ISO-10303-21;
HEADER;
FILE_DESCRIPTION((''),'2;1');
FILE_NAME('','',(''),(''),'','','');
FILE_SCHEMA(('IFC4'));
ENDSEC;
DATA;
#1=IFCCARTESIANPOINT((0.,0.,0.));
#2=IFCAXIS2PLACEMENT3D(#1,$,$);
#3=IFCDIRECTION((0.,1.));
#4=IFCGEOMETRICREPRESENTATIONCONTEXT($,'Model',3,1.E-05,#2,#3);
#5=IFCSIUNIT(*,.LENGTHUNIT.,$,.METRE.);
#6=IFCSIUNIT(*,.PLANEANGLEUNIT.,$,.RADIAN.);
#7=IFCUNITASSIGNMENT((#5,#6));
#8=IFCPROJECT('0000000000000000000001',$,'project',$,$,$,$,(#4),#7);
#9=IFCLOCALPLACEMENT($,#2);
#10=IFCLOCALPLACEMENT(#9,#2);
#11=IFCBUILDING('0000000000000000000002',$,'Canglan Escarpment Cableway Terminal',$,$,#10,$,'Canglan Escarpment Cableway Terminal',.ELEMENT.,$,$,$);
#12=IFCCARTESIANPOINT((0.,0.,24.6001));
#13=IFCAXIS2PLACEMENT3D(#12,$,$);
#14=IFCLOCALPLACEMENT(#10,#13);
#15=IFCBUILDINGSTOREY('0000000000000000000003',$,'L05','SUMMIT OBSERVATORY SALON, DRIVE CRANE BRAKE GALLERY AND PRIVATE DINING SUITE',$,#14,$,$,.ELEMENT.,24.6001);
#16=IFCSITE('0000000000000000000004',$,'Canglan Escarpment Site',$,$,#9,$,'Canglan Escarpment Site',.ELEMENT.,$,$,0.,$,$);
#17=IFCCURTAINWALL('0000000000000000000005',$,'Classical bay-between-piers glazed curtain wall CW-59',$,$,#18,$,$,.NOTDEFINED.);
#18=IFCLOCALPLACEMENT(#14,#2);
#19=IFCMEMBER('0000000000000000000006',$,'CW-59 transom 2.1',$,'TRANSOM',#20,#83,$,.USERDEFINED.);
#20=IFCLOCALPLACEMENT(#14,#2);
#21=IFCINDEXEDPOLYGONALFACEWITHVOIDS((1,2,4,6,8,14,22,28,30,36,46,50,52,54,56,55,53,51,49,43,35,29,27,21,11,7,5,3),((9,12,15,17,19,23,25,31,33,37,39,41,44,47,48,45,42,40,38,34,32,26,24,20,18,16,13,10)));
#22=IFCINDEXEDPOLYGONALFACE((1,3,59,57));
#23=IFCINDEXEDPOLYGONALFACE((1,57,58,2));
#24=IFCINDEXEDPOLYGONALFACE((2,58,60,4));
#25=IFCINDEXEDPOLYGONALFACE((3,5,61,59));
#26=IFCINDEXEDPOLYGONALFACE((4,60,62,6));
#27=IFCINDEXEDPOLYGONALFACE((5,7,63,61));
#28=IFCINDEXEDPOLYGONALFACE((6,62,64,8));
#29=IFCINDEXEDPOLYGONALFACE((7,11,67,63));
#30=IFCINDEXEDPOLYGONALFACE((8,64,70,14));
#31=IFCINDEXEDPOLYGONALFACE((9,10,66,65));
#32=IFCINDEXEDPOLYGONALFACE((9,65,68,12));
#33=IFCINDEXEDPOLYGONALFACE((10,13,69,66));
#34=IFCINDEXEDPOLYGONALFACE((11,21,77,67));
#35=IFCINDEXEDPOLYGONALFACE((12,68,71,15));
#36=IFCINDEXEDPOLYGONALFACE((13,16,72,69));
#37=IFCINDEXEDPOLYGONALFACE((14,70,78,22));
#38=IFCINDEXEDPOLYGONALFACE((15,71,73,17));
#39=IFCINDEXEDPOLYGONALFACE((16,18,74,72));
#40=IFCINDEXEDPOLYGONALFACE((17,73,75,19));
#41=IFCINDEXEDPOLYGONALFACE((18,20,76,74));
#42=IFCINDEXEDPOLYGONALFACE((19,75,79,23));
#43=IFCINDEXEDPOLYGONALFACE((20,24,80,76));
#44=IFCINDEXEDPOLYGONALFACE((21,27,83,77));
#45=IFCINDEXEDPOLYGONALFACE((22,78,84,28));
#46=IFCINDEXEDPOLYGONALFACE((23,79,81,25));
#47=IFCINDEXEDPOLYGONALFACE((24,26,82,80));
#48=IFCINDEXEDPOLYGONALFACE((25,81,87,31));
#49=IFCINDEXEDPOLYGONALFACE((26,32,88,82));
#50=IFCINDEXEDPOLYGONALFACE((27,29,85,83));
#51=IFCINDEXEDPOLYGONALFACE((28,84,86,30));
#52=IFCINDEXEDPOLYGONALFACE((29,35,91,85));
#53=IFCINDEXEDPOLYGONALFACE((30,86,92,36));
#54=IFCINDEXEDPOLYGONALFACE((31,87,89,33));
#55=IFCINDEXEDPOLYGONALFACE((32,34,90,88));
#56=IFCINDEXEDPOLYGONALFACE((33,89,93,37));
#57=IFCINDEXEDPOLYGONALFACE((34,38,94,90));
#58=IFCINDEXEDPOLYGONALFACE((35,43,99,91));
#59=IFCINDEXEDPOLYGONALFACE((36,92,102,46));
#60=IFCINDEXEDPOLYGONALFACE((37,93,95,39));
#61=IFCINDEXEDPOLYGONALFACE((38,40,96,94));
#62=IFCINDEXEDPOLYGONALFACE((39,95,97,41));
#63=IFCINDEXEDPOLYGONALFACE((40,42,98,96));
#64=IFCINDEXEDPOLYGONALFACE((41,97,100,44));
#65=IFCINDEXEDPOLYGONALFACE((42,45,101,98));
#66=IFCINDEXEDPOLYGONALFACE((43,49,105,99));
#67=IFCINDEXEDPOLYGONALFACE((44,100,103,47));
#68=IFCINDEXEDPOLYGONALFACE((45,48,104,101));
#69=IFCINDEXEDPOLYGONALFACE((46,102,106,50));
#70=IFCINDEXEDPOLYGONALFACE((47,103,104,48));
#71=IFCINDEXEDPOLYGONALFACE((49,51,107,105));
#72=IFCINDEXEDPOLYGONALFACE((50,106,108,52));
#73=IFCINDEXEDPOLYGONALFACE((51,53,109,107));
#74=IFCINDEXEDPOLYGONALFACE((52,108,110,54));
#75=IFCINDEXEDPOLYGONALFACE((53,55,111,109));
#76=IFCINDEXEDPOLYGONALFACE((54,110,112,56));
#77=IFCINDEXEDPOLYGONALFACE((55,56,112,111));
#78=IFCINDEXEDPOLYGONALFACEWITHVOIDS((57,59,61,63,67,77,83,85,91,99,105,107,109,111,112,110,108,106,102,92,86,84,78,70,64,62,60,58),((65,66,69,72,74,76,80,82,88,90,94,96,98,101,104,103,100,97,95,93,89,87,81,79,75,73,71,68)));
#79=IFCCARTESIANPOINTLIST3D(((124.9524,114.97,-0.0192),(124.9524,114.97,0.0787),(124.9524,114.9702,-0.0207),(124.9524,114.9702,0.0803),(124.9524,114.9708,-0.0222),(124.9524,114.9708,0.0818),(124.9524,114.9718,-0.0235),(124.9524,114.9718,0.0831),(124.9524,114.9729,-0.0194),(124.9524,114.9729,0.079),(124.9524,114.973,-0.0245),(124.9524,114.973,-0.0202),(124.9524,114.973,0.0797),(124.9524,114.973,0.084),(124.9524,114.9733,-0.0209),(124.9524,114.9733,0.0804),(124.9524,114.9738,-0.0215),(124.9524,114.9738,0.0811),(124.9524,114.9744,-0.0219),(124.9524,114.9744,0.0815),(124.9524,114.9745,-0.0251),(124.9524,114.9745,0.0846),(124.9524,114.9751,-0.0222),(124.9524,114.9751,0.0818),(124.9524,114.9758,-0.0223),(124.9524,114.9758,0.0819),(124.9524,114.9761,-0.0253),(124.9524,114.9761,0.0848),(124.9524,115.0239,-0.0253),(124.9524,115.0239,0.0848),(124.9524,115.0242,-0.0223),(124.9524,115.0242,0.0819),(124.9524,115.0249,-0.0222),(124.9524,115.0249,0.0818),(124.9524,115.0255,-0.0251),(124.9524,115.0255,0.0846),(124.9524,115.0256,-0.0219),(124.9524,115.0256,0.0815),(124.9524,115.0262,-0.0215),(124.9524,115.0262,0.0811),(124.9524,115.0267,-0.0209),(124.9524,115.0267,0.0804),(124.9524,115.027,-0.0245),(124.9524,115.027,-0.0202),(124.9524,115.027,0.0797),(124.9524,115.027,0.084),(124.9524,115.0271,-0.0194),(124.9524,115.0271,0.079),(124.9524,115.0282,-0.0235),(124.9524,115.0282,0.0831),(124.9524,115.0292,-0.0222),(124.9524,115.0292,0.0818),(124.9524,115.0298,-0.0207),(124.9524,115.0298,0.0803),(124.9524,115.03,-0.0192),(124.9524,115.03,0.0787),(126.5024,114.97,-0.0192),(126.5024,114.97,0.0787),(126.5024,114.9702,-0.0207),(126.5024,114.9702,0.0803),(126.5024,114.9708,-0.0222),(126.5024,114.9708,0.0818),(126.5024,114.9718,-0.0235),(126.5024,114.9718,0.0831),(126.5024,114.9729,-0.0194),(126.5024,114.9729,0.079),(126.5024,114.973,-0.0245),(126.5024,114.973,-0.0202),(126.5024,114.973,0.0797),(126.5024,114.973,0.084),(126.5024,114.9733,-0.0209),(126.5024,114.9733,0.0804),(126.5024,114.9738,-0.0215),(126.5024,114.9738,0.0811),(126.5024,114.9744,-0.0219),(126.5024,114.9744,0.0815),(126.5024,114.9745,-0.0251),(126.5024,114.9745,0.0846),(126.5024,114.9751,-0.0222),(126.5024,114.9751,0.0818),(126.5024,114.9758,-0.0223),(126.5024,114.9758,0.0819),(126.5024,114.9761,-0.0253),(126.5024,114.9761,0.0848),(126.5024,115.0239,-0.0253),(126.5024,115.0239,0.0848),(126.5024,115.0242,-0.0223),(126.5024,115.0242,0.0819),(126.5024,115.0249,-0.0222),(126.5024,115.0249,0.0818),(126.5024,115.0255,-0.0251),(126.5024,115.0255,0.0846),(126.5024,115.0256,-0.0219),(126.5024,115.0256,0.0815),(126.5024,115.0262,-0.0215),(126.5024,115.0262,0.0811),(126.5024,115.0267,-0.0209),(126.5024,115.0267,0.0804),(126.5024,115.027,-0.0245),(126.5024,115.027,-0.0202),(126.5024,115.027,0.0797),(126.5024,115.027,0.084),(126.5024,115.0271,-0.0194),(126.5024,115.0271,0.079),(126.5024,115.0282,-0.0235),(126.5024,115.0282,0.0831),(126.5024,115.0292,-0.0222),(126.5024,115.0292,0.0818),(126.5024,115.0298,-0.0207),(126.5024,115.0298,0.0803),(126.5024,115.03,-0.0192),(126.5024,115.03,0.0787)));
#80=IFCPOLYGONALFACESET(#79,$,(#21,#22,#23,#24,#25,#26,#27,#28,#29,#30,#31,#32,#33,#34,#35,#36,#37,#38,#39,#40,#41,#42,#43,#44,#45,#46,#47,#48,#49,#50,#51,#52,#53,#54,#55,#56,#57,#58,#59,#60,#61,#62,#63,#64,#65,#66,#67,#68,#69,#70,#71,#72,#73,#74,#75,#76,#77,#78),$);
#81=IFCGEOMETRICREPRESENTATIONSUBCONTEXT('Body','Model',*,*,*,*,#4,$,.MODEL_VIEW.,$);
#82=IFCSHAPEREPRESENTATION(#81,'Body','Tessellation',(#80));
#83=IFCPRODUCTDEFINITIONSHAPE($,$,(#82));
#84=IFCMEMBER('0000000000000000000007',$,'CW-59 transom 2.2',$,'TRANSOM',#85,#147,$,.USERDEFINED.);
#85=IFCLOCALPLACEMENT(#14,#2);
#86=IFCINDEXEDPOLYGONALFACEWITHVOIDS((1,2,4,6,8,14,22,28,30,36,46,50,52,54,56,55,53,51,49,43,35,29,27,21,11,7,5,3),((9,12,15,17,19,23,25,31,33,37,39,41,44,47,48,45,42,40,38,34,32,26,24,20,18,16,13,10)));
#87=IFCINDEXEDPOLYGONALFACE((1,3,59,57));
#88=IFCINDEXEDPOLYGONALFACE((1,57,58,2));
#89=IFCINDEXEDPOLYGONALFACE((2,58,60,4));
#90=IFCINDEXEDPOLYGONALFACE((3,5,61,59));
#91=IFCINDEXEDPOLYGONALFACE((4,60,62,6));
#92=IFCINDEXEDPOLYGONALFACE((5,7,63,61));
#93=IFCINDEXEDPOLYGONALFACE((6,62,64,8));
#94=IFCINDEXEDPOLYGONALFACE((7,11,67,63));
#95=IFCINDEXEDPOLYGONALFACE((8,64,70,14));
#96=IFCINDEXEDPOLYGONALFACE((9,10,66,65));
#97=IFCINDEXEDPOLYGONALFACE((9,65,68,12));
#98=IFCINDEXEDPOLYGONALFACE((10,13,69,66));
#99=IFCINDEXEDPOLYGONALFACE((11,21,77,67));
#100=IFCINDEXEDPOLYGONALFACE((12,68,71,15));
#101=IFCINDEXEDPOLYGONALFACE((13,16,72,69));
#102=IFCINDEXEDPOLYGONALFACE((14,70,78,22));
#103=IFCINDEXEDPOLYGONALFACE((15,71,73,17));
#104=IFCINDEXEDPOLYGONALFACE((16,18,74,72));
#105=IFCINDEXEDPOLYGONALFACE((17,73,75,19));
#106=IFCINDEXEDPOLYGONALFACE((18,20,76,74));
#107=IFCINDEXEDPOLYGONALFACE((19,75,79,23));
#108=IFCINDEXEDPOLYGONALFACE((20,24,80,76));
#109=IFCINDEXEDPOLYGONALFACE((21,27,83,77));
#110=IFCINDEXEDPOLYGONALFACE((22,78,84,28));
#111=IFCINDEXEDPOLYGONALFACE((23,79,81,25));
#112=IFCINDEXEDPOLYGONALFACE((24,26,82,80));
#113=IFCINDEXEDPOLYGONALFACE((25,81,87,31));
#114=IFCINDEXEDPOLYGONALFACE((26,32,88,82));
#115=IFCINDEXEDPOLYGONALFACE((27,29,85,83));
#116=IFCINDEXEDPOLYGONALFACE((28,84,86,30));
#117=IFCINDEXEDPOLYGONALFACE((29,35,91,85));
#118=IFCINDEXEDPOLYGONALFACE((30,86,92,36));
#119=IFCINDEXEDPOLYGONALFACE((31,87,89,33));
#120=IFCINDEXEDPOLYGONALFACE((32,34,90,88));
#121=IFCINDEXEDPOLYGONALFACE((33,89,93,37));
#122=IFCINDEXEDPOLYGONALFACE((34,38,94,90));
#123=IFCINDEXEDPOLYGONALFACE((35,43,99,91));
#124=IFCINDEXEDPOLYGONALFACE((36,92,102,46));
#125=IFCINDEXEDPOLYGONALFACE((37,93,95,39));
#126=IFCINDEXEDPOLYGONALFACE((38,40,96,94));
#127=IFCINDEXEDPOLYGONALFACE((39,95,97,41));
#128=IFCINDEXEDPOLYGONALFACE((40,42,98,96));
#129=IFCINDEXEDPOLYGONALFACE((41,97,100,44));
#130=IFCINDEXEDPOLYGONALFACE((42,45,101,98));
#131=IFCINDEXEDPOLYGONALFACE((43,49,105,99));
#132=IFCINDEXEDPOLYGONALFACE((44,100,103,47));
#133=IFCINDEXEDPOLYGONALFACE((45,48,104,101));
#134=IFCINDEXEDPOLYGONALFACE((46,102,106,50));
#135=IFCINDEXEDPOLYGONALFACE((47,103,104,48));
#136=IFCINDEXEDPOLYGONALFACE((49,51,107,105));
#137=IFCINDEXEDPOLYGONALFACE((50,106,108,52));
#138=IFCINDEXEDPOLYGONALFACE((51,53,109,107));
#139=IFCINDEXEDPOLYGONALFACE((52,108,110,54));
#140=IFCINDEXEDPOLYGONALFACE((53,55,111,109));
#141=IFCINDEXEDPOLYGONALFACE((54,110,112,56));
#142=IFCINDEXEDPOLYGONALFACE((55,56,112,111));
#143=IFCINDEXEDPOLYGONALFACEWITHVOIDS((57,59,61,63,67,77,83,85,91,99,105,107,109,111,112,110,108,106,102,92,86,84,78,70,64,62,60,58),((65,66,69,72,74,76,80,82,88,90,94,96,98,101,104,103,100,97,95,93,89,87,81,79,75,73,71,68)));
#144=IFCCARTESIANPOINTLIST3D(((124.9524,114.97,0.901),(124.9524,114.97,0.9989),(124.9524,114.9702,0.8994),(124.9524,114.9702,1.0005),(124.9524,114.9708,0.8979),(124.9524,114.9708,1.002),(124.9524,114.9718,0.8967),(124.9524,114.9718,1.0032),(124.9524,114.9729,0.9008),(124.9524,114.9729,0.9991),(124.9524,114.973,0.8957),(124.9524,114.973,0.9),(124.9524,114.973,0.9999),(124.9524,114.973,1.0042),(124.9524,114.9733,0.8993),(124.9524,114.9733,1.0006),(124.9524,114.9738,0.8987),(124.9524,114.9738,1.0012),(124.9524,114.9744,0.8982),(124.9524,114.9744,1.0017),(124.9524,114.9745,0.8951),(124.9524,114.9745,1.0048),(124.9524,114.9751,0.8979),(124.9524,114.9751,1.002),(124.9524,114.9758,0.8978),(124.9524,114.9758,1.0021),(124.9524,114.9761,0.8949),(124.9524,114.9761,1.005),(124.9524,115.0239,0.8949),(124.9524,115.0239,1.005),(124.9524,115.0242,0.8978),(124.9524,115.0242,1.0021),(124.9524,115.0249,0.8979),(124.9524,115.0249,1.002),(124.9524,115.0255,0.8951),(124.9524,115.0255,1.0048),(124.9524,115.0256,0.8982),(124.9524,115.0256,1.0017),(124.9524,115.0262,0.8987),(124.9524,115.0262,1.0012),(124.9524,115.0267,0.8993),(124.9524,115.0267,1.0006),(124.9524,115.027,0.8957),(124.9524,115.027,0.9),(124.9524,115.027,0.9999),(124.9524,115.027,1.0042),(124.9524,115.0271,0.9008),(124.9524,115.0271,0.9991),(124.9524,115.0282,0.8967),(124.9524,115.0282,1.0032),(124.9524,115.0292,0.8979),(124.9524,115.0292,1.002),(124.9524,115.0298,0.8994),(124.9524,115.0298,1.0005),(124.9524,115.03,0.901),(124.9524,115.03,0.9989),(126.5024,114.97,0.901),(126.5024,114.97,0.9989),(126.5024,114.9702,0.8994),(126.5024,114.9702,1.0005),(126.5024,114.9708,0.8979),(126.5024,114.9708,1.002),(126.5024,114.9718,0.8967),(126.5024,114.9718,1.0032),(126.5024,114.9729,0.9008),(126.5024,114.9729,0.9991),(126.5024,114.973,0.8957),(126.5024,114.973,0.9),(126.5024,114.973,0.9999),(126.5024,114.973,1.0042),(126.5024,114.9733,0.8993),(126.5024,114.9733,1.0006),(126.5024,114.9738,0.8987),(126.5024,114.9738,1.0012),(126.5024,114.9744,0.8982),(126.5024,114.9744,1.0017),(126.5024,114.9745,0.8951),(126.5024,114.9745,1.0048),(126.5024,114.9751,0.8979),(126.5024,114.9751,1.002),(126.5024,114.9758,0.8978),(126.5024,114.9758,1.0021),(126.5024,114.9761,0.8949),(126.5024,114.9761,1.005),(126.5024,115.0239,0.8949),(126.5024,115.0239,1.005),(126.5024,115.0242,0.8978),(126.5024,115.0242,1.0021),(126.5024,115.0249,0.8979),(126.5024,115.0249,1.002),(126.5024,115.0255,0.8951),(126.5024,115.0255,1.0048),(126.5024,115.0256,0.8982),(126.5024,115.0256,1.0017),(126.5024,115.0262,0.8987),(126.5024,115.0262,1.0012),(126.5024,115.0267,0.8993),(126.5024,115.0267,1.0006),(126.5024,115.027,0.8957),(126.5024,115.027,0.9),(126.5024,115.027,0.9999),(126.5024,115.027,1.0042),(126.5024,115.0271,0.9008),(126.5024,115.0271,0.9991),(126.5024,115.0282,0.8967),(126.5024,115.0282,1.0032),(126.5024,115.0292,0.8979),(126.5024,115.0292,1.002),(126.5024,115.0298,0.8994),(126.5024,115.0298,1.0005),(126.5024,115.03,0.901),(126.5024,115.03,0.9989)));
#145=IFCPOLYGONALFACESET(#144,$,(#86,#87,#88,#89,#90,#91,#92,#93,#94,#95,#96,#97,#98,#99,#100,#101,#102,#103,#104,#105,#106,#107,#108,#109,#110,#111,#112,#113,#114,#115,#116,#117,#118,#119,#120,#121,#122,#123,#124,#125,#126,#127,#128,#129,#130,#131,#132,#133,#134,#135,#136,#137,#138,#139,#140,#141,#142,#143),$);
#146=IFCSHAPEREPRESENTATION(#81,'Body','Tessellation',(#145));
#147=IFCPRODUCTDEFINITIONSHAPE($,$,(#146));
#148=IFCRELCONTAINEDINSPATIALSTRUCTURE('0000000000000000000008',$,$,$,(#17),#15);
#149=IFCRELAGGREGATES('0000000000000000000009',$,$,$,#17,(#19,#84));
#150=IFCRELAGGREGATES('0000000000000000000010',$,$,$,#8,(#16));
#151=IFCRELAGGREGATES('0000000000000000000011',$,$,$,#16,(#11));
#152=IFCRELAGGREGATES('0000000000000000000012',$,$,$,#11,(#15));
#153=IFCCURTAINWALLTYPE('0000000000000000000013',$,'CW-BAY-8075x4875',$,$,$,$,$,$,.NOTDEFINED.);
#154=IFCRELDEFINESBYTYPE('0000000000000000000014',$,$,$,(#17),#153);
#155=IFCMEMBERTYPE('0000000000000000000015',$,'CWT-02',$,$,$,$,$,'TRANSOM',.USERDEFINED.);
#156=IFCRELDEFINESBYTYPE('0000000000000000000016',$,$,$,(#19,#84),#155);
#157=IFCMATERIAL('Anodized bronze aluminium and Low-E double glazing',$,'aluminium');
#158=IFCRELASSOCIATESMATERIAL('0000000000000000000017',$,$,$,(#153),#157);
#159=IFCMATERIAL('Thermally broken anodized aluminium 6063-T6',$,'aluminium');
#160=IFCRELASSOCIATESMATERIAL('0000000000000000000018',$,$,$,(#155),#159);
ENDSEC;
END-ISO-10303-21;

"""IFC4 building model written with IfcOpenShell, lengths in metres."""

from ifc_helpers import new_model, si_unit, direction, frame, origin, origin_2d, place, context, subcontext, project, spatial, hollow_rectangle, extrude, material, material_profile, profile_set, type_object, element, aggregate, save


model = new_model("IFC4")

# Units and contexts
model_context = context("Model", 3, precision=1e-05, world=origin(), true_north=direction((0.0, 1.0)))
body_context = subcontext(model_context, "Body", "Model", "MODEL_VIEW")
ifc_project = project(units=[si_unit("LENGTHUNIT", "METRE"), si_unit("PLANEANGLEUNIT", "RADIAN")], contexts=[model_context])

# Site, building, storey
site_placement = place(None, origin())
site = spatial("IfcSite", under=ifc_project, at=site_placement, Name="Canglan Escarpment Site", LongName="Canglan Escarpment Site", CompositionType="ELEMENT", RefElevation=0.0)
building_placement = place(site_placement, origin())
building = spatial("IfcBuilding", under=site, at=building_placement, Name="Canglan Escarpment Cableway Terminal", LongName="Canglan Escarpment Cableway Terminal", CompositionType="ELEMENT")
storey_placement = place(building_placement, frame((0.0, 0.0, 24.6001)))
storey = spatial("IfcBuildingStorey", under=building, at=storey_placement, Name="L05", Description="SUMMIT OBSERVATORY SALON, DRIVE CRANE BRAKE GALLERY AND PRIVATE DINING SUITE", CompositionType="ELEMENT", Elevation=24.6001)

# Curtain wall
ifc_material_1 = material(Name="Anodized bronze aluminium and Low-E double glazing", Category="aluminium")
curtain_wall_type = type_object("IfcCurtainWallType", Name="CW-BAY-8075x4875", PredefinedType="NOTDEFINED", material=ifc_material_1)
curtain_wall_1_placement = place(storey_placement, origin())
curtain_wall_1 = element("IfcCurtainWall", 1, at=curtain_wall_1_placement, inside=storey, type_object=curtain_wall_type, Name="Classical bay-between-piers glazed curtain wall CW-59", PredefinedType="NOTDEFINED")
ifc_material_2 = material(Name="Thermally broken anodized aluminium 6063-T6", Category="aluminium")

# Members
ifc_material_profile_1 = material_profile(ifc_material_2, hollow_rectangle(XDim=0.0601, YDim=0.1101, WallThickness=0.0029, InnerFilletRadius=0.0029, OuterFilletRadius=0.0061, at=origin_2d()), Name="ALU-TRAN 60x110x3")
ifc_profile_set_1 = profile_set([ifc_material_profile_1], Name="Thermally broken anodized aluminium 6063-T6")
member_type_1 = type_object("IfcMemberType", Name="CWT-02", ElementType="TRANSOM", PredefinedType="USERDEFINED", material=ifc_profile_set_1)
member_1_placement = place(storey_placement, frame((126.5024, 115.0, 0.0298), z_axis=(-1.0, 0.0, 0.0), x_axis=(0.0, -1.0, 0.0)))
member_1 = element("IfcMember", 2, at=member_1_placement, type_object=member_type_1, Name="CW-59 transom 2.1", ObjectType="TRANSOM", PredefinedType="USERDEFINED", context=body_context, shape_type="SweptSolid", body=[
    extrude(hollow_rectangle(XDim=0.0601, YDim=0.1101, WallThickness=0.0029, InnerFilletRadius=0.0029, OuterFilletRadius=0.0061, at=origin_2d()), origin(), (0.0, 0.0, 1.0), 1.55),
])
member_2_placement = place(storey_placement, frame((126.5024, 115.0, 0.95), z_axis=(-1.0, 0.0, 0.0), x_axis=(0.0, -1.0, 0.0)))
member_2 = element("IfcMember", 3, at=member_2_placement, type_object=member_type_1, Name="CW-59 transom 2.2", ObjectType="TRANSOM", PredefinedType="USERDEFINED", context=body_context, shape_type="SweptSolid", body=[
    extrude(hollow_rectangle(XDim=0.0601, YDim=0.1101, WallThickness=0.0029, InnerFilletRadius=0.0029, OuterFilletRadius=0.0061, at=origin_2d()), origin(), (0.0, 0.0, 1.0), 1.55),
])

aggregate(curtain_wall_1, [member_1, member_2])

save(model, "model.ifc")
